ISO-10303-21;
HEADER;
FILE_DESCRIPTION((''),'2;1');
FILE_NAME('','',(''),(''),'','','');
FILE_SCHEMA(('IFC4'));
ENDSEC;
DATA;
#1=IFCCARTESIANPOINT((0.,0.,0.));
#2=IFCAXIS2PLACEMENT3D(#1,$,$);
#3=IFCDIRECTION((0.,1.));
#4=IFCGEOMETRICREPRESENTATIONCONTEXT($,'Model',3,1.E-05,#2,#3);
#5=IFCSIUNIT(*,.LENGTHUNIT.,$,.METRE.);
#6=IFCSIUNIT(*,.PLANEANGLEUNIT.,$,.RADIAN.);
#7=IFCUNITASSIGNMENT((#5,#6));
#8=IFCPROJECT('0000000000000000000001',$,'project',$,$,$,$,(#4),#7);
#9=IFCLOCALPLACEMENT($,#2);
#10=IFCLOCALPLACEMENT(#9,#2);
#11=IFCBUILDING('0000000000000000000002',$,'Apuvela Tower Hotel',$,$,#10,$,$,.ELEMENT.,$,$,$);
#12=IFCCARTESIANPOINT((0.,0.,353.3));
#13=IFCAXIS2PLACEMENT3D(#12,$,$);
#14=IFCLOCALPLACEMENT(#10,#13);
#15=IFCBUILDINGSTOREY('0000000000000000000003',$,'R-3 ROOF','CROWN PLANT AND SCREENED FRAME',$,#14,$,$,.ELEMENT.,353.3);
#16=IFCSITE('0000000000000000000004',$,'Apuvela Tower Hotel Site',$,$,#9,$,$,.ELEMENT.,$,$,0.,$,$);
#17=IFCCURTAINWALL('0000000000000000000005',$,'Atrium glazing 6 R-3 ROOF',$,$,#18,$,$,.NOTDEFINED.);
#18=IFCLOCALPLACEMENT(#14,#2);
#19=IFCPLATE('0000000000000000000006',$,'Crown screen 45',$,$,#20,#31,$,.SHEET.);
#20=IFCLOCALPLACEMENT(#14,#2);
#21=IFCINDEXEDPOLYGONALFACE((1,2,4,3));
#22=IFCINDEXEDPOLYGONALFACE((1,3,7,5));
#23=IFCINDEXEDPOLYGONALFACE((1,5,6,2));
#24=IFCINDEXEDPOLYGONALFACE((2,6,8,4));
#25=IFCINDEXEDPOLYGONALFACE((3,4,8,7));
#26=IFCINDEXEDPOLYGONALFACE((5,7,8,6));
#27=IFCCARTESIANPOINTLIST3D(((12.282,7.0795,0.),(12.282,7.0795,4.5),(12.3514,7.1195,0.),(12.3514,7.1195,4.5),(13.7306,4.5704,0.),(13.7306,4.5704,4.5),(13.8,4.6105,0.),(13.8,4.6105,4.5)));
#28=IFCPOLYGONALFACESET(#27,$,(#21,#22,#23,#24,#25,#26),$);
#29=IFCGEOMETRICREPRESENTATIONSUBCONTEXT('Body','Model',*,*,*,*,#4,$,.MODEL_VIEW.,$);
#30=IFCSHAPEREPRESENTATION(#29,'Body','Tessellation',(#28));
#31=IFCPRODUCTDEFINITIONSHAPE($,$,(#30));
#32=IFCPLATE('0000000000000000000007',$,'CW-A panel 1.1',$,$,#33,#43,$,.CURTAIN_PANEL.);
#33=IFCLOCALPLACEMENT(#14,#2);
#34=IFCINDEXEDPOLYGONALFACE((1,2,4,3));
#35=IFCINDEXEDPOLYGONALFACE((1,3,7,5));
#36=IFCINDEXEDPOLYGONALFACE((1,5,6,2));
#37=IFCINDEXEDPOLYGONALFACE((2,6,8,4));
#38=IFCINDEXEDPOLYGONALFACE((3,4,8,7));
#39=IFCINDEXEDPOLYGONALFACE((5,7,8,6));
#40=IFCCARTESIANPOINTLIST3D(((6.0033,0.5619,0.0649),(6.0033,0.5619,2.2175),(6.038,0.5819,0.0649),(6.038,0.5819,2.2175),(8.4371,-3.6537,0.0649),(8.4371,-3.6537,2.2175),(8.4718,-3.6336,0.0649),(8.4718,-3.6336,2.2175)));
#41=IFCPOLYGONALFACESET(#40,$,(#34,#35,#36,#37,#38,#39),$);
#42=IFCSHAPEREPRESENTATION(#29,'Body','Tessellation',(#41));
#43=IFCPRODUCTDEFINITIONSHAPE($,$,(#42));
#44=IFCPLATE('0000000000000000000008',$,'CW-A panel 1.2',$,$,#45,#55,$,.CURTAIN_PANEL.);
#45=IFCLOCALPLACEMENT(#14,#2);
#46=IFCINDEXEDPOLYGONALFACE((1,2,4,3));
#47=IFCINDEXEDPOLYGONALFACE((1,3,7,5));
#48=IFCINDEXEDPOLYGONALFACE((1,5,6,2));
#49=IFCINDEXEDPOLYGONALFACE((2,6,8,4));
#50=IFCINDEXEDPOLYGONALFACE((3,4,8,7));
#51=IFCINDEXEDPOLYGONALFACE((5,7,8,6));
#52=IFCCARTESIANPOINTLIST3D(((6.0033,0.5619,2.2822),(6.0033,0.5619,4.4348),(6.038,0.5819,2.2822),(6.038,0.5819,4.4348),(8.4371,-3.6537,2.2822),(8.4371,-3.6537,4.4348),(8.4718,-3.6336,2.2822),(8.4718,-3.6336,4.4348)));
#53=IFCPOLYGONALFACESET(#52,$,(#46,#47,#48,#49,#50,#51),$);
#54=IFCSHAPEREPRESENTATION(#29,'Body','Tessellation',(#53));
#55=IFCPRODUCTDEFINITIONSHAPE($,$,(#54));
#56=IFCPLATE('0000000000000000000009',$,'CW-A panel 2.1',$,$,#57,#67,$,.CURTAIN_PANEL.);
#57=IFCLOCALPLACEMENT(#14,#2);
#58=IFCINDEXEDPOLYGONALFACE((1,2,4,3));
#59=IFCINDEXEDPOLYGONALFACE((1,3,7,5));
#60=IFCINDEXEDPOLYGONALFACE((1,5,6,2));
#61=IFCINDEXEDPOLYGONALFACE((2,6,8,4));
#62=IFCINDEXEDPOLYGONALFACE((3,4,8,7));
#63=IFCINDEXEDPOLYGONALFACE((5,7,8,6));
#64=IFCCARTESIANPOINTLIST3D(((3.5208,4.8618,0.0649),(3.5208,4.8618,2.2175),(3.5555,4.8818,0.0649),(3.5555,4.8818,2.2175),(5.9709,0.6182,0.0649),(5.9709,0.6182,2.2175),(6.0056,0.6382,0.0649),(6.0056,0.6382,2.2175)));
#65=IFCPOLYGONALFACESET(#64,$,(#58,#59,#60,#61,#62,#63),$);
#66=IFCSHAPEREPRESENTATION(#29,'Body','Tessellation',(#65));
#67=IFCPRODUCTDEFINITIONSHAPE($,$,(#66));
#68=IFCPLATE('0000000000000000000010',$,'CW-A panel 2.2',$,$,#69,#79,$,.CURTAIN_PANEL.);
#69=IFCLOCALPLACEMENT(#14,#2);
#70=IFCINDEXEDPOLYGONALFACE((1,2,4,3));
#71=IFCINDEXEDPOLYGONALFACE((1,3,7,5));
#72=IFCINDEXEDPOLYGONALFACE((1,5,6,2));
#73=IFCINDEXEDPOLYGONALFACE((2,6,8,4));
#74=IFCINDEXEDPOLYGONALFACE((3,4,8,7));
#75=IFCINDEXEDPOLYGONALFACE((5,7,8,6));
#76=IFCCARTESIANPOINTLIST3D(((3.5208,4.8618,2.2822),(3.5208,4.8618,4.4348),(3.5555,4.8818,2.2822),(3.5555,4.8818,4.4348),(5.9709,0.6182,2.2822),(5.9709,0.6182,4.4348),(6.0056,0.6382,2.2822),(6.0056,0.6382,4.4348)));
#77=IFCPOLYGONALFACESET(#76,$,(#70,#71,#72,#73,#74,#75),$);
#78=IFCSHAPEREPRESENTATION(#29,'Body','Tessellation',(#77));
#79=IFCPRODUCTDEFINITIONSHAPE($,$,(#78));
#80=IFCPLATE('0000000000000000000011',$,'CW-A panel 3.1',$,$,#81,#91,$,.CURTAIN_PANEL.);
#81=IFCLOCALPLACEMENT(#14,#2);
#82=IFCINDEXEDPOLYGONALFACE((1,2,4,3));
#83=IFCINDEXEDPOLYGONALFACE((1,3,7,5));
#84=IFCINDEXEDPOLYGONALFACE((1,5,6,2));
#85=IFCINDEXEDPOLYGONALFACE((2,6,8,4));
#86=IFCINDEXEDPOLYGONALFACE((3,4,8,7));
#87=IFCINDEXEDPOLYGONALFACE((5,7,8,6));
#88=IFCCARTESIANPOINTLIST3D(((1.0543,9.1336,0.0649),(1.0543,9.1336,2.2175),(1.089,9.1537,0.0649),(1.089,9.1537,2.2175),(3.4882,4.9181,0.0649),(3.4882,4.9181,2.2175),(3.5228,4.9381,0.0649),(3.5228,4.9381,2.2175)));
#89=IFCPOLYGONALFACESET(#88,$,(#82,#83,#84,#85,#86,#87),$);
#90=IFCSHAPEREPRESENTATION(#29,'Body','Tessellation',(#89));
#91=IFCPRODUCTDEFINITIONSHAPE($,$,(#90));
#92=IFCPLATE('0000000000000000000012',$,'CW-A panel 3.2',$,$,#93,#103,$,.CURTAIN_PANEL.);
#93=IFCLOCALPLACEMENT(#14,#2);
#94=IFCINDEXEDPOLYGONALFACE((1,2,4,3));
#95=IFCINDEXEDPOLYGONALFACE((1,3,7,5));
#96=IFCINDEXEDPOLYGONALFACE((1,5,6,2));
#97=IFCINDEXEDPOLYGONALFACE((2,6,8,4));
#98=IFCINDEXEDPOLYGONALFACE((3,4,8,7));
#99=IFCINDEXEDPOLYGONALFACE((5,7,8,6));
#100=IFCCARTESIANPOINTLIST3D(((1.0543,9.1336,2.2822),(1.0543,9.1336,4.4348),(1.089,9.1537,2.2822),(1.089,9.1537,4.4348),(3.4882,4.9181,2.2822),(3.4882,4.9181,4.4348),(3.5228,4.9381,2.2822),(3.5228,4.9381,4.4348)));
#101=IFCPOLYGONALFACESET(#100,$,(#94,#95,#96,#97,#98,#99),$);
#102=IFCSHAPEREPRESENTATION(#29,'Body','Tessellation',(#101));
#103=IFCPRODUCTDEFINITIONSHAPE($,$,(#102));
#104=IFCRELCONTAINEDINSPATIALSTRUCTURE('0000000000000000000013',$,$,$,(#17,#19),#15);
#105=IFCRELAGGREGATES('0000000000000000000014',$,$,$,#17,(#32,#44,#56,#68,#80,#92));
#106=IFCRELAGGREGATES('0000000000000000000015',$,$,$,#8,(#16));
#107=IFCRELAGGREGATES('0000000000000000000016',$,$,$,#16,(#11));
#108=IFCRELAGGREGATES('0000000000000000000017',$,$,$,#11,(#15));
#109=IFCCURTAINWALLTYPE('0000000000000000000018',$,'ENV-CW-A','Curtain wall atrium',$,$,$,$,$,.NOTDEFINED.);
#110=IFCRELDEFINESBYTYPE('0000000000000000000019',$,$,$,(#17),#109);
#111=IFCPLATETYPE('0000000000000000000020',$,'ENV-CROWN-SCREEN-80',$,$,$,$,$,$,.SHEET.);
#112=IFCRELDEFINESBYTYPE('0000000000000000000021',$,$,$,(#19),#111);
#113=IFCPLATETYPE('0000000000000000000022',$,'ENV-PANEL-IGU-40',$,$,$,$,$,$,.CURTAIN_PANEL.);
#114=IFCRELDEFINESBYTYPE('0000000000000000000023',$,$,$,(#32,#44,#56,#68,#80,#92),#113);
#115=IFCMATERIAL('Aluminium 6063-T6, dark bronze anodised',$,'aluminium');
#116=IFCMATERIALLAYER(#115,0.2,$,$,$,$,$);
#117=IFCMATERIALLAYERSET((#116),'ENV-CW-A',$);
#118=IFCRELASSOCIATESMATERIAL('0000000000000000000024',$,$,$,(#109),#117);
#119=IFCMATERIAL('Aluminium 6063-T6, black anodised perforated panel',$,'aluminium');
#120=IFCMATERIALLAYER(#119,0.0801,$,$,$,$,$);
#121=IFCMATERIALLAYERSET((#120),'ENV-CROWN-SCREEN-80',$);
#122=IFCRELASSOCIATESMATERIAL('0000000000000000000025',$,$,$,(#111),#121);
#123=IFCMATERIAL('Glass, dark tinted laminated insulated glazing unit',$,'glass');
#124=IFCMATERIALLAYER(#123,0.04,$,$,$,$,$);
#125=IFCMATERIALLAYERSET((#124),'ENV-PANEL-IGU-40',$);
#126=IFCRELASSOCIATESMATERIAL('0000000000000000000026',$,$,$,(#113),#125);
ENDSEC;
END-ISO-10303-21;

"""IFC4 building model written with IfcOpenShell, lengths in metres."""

from ifc_helpers import new_model, si_unit, direction, frame, origin, origin_2d, place, context, subcontext, project, spatial, rectangle, extrude, material, layer, layer_set, type_object, element, aggregate, save


model = new_model("IFC4")

# Units and contexts
model_context = context("Model", 3, precision=1e-05, world=origin(), true_north=direction((0.0, 1.0)))
body_context = subcontext(model_context, "Body", "Model", "MODEL_VIEW")
ifc_project = project(units=[si_unit("LENGTHUNIT", "METRE"), si_unit("PLANEANGLEUNIT", "RADIAN")], contexts=[model_context])

# Site, building, storey
site_placement = place(None, origin())
site = spatial("IfcSite", under=ifc_project, at=site_placement, Name="Apuvela Tower Hotel Site", CompositionType="ELEMENT", RefElevation=0.0)
building_placement = place(site_placement, origin())
building = spatial("IfcBuilding", under=site, at=building_placement, Name="Apuvela Tower Hotel", CompositionType="ELEMENT")
storey_placement = place(building_placement, frame((0.0, 0.0, 353.3)))
storey = spatial("IfcBuildingStorey", under=building, at=storey_placement, Name="R-3 ROOF", Description="CROWN PLANT AND SCREENED FRAME", CompositionType="ELEMENT", Elevation=353.3)

# Shared definitions
ifc_material_1 = material(Name="Aluminium 6063-T6, dark bronze anodised", Category="aluminium")

# Curtain wall
ifc_layer_1 = layer(ifc_material_1, 0.2)
ifc_layer_set_1 = layer_set([ifc_layer_1], Name="ENV-CW-A")
curtain_wall_type_1 = type_object("IfcCurtainWallType", Name="ENV-CW-A", Description="Curtain wall atrium", PredefinedType="NOTDEFINED", material=ifc_layer_set_1)
curtain_wall_1_placement = place(storey_placement, origin())
curtain_wall_1 = element("IfcCurtainWall", 1, at=curtain_wall_1_placement, inside=storey, type_object=curtain_wall_type_1, Name="Atrium glazing 6 R-3 ROOF", PredefinedType="NOTDEFINED")

# Plate
ifc_material_2 = material(Name="Aluminium 6063-T6, black anodised perforated panel", Category="aluminium")
ifc_layer_2 = layer(ifc_material_2, 0.0801)
ifc_layer_set_2 = layer_set([ifc_layer_2], Name="ENV-CROWN-SCREEN-80")
plate_type_1 = type_object("IfcPlateType", Name="ENV-CROWN-SCREEN-80", PredefinedType="SHEET", material=ifc_layer_set_2)
for number, where, z_axis, x_axis, name in (
    (2, (13.041, 5.845, 0.0), (0.0, 0.0, 1.0), (-0.5, 0.866025, 0.0), "Crown screen 45"),
):
    element("IfcPlate", number, at=place(storey_placement, frame(where, z_axis=z_axis, x_axis=x_axis)), inside=storey, type_object=plate_type_1, Name=name, PredefinedType="SHEET", context=body_context, shape_type="SweptSolid", body=[
        extrude(rectangle(XDim=2.8972, YDim=0.0801, at=origin_2d()), origin(), (0.0, 0.0, 1.0), 4.5),
    ])

# Plates
ifc_material_3 = material(Name="Glass, dark tinted laminated insulated glazing unit", Category="glass")
ifc_layer_3 = layer(ifc_material_3, 0.04)
ifc_layer_set_3 = layer_set([ifc_layer_3], Name="ENV-PANEL-IGU-40")
plate_type_2 = type_object("IfcPlateType", Name="ENV-PANEL-IGU-40", PredefinedType="CURTAIN_PANEL", material=ifc_layer_set_3)
plate_1_placement = place(storey_placement, frame((7.2375, -1.5359, 0.0649), z_axis=(0.0, 0.0, 1.0), x_axis=(-0.499999, 0.866026, 0.0)))
plate_1 = element("IfcPlate", 3, at=plate_1_placement, type_object=plate_type_2, Name="CW-A panel 1.1", PredefinedType="CURTAIN_PANEL", context=body_context, shape_type="SweptSolid", body=[
    extrude(rectangle(XDim=4.8677, YDim=0.04, at=origin_2d()), origin(), (0.0, 0.0, 1.0), 2.1526),
])
plate_2_placement = place(storey_placement, frame((7.2375, -1.5359, 2.2822), z_axis=(0.0, 0.0, 1.0), x_axis=(-0.499999, 0.866026, 0.0)))
plate_2 = element("IfcPlate", 4, at=plate_2_placement, type_object=plate_type_2, Name="CW-A panel 1.2", PredefinedType="CURTAIN_PANEL", context=body_context, shape_type="SweptSolid", body=[
    extrude(rectangle(XDim=4.8677, YDim=0.04, at=origin_2d()), origin(), (0.0, 0.0, 1.0), 2.1526),
])
plate_3_placement = place(storey_placement, frame((4.7632, 2.75, 0.0649), z_axis=(0.0, 0.0, 1.0), x_axis=(-0.499999, 0.866026, 0.0)))
plate_3 = element("IfcPlate", 5, at=plate_3_placement, type_object=plate_type_2, Name="CW-A panel 2.1", PredefinedType="CURTAIN_PANEL", context=body_context, shape_type="SweptSolid", body=[
    extrude(rectangle(XDim=4.9001, YDim=0.04, at=origin_2d()), origin(), (0.0, 0.0, 1.0), 2.1526),
])
plate_4_placement = place(storey_placement, frame((4.7632, 2.75, 2.2822), z_axis=(0.0, 0.0, 1.0), x_axis=(-0.499999, 0.866026, 0.0)))
plate_4 = element("IfcPlate", 6, at=plate_4_placement, type_object=plate_type_2, Name="CW-A panel 2.2", PredefinedType="CURTAIN_PANEL", context=body_context, shape_type="SweptSolid", body=[
    extrude(rectangle(XDim=4.9001, YDim=0.04, at=origin_2d()), origin(), (0.0, 0.0, 1.0), 2.1526),
])
plate_5_placement = place(storey_placement, frame((2.2886, 7.0359, 0.0649), z_axis=(0.0, 0.0, 1.0), x_axis=(-0.499999, 0.866026, 0.0)))
plate_5 = element("IfcPlate", 7, at=plate_5_placement, type_object=plate_type_2, Name="CW-A panel 3.1", PredefinedType="CURTAIN_PANEL", context=body_context, shape_type="SweptSolid", body=[
    extrude(rectangle(XDim=4.8677, YDim=0.04, at=origin_2d()), origin(), (0.0, 0.0, 1.0), 2.1526),
])
plate_6_placement = place(storey_placement, frame((2.2886, 7.0359, 2.2822), z_axis=(0.0, 0.0, 1.0), x_axis=(-0.499999, 0.866026, 0.0)))
plate_6 = element("IfcPlate", 8, at=plate_6_placement, type_object=plate_type_2, Name="CW-A panel 3.2", PredefinedType="CURTAIN_PANEL", context=body_context, shape_type="SweptSolid", body=[
    extrude(rectangle(XDim=4.8677, YDim=0.04, at=origin_2d()), origin(), (0.0, 0.0, 1.0), 2.1526),
])
aggregate(curtain_wall_1, [plate_1, plate_2, plate_3, plate_4, plate_5, plate_6])

save(model, "model.ifc")
